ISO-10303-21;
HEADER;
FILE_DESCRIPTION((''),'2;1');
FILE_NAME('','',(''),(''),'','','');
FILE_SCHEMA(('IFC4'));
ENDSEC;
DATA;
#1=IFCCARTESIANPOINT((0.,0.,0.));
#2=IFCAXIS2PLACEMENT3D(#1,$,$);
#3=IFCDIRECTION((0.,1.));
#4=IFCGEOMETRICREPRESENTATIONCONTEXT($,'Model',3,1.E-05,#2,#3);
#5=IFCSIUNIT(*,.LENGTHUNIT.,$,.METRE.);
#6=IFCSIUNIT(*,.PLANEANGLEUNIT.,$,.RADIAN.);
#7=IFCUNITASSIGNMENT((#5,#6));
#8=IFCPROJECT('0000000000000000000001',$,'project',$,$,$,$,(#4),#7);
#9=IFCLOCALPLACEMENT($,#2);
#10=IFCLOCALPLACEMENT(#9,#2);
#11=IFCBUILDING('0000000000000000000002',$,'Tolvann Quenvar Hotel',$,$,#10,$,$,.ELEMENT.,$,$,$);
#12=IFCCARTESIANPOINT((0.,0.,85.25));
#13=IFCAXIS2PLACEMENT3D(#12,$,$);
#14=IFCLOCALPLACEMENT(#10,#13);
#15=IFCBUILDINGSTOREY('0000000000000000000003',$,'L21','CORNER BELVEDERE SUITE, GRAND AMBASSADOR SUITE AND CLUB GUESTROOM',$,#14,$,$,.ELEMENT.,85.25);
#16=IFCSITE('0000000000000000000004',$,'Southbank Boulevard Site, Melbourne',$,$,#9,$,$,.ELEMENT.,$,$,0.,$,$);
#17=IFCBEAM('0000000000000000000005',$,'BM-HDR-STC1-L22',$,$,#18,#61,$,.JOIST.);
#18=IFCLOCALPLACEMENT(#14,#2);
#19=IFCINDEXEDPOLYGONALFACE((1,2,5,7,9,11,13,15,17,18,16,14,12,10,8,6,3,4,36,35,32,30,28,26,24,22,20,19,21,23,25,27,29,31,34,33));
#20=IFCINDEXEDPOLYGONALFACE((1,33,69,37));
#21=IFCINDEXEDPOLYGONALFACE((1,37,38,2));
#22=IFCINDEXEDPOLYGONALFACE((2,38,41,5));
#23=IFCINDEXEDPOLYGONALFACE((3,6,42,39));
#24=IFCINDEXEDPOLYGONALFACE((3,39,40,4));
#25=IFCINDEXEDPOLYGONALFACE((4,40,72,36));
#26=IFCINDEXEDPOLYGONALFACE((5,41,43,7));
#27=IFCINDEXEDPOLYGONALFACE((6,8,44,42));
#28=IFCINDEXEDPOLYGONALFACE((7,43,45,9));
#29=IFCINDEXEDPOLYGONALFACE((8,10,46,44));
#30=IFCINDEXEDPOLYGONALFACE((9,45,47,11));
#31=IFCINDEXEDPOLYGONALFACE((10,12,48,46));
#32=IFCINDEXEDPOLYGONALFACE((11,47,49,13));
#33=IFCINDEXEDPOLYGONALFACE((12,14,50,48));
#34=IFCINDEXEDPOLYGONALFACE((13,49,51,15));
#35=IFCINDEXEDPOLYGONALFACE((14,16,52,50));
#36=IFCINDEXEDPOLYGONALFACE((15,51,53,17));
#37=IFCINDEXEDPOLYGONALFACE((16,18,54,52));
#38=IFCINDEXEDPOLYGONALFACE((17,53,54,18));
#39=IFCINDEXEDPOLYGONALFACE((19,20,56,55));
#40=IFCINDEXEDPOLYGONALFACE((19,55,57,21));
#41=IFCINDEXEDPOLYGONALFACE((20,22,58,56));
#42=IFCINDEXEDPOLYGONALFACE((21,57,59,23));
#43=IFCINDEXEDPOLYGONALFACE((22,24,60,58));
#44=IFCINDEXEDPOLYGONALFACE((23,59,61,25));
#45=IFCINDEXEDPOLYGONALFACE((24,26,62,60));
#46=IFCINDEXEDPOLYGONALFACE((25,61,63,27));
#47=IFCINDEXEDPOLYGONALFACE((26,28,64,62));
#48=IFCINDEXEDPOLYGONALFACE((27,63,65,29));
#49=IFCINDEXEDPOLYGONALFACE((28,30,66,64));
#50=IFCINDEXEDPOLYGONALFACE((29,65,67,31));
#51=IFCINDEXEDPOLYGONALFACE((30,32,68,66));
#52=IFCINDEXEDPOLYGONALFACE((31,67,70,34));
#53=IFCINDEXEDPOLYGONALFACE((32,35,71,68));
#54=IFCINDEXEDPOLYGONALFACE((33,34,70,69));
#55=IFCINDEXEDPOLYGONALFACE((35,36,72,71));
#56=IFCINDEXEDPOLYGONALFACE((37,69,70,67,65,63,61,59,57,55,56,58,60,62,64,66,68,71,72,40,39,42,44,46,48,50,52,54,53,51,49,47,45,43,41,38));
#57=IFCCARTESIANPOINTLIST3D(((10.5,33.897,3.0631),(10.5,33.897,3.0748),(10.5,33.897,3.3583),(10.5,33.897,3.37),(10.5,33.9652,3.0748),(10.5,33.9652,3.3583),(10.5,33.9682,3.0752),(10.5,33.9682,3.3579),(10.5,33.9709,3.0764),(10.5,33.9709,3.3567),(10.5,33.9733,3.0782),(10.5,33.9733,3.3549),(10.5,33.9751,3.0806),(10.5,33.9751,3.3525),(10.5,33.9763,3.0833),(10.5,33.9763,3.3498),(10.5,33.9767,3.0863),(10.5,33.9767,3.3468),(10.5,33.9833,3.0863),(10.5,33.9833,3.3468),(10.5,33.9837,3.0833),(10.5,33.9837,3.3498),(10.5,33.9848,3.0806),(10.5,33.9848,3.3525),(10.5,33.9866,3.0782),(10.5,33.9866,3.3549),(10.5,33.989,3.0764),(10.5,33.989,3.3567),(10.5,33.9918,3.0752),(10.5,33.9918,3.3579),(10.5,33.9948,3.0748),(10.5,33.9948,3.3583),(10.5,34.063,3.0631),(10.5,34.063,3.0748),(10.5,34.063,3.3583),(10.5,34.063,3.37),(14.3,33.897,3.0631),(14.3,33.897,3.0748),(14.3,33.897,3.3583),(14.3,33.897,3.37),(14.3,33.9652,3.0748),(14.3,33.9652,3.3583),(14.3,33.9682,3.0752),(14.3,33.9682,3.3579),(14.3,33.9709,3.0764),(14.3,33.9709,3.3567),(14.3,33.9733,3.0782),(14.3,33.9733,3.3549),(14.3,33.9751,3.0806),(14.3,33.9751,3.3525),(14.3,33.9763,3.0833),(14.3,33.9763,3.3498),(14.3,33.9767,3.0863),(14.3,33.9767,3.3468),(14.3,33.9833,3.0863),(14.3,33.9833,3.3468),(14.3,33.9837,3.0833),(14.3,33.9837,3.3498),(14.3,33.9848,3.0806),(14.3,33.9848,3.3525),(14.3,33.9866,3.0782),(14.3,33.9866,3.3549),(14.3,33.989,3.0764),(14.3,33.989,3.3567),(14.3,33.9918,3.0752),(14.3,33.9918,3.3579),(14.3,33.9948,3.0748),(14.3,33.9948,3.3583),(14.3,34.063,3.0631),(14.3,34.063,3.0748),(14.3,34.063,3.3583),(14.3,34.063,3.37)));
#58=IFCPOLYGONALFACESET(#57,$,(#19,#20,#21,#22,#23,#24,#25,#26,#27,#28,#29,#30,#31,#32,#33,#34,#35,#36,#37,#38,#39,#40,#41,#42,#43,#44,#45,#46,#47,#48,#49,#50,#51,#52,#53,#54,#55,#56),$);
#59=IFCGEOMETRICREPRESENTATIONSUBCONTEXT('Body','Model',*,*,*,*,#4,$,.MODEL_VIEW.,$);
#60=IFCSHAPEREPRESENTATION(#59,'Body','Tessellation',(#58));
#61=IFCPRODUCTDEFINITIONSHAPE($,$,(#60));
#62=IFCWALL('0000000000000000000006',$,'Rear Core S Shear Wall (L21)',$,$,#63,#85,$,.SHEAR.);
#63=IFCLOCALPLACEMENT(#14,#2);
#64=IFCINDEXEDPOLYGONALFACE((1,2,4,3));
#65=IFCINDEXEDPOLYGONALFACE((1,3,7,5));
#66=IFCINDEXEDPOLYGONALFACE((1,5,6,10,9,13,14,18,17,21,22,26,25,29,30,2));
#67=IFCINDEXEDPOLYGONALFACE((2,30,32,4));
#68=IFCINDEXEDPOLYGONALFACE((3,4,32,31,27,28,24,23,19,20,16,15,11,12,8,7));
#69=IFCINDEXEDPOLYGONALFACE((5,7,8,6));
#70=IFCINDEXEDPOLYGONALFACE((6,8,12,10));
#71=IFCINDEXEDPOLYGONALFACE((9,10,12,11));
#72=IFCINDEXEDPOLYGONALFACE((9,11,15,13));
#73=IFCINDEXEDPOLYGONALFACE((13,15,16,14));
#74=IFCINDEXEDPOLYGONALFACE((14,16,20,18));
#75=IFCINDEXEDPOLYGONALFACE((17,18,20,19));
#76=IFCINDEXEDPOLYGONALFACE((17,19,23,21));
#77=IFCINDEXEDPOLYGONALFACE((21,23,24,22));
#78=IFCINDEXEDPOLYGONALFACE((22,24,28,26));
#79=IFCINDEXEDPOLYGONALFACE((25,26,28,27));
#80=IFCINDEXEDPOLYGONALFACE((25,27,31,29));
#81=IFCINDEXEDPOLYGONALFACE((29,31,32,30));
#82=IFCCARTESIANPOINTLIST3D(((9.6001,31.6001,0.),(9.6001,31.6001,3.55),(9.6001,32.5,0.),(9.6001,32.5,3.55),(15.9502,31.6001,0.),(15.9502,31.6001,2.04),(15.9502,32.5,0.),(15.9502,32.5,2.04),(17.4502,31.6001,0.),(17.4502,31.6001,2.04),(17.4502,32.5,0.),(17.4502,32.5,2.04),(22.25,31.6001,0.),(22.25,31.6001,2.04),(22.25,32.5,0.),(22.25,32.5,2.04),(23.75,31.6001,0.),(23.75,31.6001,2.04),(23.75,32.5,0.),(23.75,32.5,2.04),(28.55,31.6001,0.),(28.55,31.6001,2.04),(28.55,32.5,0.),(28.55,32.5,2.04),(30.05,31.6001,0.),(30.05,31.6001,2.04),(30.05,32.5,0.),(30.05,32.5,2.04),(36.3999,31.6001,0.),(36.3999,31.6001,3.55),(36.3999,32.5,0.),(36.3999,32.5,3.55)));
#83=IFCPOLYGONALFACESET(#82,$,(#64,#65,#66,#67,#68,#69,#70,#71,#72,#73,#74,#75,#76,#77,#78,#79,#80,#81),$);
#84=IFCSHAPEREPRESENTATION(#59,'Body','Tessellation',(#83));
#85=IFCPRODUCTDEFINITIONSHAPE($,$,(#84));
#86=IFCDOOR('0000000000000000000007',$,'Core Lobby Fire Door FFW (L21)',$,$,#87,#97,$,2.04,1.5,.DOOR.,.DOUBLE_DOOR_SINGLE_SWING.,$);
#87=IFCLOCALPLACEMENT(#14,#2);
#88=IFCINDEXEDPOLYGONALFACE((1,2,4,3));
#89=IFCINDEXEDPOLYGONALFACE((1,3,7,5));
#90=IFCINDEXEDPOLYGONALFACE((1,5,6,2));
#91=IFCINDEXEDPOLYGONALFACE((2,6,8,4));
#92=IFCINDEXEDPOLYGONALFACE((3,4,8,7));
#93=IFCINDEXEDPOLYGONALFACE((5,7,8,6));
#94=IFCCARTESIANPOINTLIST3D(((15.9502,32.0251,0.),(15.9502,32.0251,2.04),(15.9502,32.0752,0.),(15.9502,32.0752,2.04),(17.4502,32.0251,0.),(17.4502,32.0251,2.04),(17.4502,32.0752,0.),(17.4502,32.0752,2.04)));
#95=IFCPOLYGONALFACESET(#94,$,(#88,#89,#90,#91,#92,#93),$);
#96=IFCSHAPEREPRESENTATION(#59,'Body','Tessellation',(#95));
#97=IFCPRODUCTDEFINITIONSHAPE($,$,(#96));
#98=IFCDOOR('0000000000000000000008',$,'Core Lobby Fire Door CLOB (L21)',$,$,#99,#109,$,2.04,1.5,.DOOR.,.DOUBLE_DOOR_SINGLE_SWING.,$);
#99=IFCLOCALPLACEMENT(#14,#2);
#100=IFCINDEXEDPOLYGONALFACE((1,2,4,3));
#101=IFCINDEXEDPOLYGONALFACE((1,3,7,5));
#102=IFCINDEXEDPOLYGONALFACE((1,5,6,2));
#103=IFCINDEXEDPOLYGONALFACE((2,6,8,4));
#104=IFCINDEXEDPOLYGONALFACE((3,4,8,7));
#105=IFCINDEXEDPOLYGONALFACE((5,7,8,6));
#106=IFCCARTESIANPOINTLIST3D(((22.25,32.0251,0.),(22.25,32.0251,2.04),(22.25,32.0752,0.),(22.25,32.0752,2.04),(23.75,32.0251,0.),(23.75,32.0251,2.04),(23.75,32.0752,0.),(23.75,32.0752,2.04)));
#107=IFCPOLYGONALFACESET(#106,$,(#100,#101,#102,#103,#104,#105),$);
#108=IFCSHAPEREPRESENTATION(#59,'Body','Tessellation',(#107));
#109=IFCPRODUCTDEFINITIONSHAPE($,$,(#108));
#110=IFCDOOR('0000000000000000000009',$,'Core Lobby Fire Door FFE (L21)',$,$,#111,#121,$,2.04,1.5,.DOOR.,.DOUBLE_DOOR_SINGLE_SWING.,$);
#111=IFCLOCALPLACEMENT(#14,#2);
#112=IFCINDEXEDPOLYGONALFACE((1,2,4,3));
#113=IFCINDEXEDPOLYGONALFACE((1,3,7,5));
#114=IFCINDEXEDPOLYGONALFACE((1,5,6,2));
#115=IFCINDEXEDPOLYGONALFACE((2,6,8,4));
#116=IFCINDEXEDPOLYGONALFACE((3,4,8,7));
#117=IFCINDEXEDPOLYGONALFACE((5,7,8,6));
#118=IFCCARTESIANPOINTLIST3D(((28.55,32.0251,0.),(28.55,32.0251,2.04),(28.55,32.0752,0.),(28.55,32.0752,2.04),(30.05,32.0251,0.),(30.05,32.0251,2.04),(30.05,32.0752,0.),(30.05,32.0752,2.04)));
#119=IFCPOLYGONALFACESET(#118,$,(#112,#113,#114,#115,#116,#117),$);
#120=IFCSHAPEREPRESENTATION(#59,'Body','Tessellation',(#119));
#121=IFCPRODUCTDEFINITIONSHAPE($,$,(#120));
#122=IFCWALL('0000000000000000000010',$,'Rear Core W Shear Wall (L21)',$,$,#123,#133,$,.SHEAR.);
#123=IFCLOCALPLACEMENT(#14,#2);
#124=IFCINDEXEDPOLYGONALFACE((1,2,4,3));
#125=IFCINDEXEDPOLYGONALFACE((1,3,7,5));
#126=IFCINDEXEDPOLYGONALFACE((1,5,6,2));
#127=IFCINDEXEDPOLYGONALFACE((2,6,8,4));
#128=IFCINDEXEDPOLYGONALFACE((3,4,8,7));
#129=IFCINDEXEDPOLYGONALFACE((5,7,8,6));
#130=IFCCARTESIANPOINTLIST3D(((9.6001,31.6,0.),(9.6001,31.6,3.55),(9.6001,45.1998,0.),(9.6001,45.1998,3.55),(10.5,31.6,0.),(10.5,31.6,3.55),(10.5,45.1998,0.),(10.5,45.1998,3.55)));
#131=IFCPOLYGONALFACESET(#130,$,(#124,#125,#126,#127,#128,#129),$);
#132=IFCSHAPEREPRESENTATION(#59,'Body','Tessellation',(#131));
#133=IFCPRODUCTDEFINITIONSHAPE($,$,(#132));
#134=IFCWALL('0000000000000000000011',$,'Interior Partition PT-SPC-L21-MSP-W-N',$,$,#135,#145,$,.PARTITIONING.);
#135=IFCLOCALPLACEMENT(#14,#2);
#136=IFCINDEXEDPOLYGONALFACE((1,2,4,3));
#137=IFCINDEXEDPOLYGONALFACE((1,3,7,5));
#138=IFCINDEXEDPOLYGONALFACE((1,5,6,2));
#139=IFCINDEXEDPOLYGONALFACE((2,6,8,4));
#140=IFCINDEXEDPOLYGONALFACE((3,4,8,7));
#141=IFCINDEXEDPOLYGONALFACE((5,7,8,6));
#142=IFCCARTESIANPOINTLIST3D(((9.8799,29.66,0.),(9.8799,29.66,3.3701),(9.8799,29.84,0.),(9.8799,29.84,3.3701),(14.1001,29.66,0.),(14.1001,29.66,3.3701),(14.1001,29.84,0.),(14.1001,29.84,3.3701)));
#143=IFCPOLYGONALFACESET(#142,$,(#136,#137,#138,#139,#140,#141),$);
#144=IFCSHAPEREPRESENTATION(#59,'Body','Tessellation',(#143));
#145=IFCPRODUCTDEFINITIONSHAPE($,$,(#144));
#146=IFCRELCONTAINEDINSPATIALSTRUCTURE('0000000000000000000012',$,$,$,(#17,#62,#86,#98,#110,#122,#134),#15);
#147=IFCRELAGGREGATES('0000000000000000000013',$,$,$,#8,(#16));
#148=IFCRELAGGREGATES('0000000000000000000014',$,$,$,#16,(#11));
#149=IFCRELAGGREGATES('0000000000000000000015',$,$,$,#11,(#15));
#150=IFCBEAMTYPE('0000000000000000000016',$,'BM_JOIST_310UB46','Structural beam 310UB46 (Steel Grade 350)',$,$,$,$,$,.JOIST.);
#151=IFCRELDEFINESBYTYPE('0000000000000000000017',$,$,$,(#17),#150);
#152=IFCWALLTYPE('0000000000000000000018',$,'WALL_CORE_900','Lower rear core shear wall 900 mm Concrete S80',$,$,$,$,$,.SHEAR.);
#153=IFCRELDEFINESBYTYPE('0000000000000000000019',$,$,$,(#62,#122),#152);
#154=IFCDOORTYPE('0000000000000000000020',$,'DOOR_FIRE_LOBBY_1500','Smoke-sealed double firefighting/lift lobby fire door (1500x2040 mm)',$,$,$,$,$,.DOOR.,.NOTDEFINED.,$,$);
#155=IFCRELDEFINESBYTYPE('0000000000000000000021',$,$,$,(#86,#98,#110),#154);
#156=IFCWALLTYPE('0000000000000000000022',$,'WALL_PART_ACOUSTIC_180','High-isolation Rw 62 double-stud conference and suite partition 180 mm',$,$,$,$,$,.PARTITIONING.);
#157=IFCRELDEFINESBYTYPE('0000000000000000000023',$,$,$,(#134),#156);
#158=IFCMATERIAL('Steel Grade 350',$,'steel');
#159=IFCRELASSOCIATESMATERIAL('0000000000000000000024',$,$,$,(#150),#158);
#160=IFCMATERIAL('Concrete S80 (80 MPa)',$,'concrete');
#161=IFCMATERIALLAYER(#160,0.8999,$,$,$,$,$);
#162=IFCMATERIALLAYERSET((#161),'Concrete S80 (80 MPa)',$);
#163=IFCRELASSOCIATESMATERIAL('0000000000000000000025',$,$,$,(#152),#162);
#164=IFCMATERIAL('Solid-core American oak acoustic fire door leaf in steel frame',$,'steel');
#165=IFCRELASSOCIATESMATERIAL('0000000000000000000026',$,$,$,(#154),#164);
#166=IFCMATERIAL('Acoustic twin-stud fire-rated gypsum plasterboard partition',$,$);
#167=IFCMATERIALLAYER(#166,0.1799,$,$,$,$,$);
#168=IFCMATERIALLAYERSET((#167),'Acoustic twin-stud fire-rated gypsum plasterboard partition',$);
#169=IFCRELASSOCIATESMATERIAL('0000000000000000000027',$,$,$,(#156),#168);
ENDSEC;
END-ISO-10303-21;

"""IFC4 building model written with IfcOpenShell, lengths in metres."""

from ifc_helpers import new_model, si_unit, direction, frame, frame_2d, origin, origin_2d, place, context, subcontext, project, spatial, rectangle, i_section, extrude, source, transform, mapped, material, layer, layer_set, material_profile, profile_set, type_object, type_shapes, element, fill, save


model = new_model("IFC4")

# Units and contexts
model_context = context("Model", 3, precision=1e-05, world=origin(), true_north=direction((0.0, 1.0)))
body_context = subcontext(model_context, "Body", "Model", "MODEL_VIEW")
ifc_project = project(units=[si_unit("LENGTHUNIT", "METRE"), si_unit("PLANEANGLEUNIT", "RADIAN")], contexts=[model_context])

# Site, building, storey
site_placement = place(None, origin())
site = spatial("IfcSite", under=ifc_project, at=site_placement, Name="Southbank Boulevard Site, Melbourne", CompositionType="ELEMENT", RefElevation=0.0)
building_placement = place(site_placement, origin())
building = spatial("IfcBuilding", under=site, at=building_placement, Name="Tolvann Quenvar Hotel", CompositionType="ELEMENT")
storey_placement = place(building_placement, frame((0.0, 0.0, 85.25)))
storey = spatial("IfcBuildingStorey", under=building, at=storey_placement, Name="L21", Description="CORNER BELVEDERE SUITE, GRAND AMBASSADOR SUITE AND CLUB GUESTROOM", CompositionType="ELEMENT", Elevation=85.25)

# Beam
ifc_material_1 = material(Name="Steel Grade 350", Category="steel")
ifc_material_profile_1 = material_profile(ifc_material_1, i_section(OverallWidth=0.166, OverallDepth=0.3069, WebThickness=0.0066, FlangeThickness=0.0117, FilletRadius=0.0115, at=origin_2d()), Name="310UB46")
ifc_profile_set_1 = profile_set([ifc_material_profile_1], Name="Steel Grade 350")
beam_type_1 = type_object("IfcBeamType", Name="BM_JOIST_310UB46", Description="Structural beam 310UB46 (Steel Grade 350)", PredefinedType="JOIST", material=ifc_profile_set_1)
shared_shape_1 = source(origin(), body_context, "Body", "SweptSolid", [
    extrude(i_section(OverallWidth=0.166, OverallDepth=0.3069, WebThickness=0.0066, FlangeThickness=0.0117, FilletRadius=0.0115, at=origin_2d()), origin(), (0.0, 0.0, 1.0), 3.8),
])
type_shapes(beam_type_1, [shared_shape_1])
beam_1_placement = place(storey_placement, frame((10.5, 33.98, 3.2166), z_axis=(1.0, 0.0, 0.0), x_axis=(0.0, 1.0, 0.0)))
element("IfcBeam", 1, at=beam_1_placement, inside=storey, type_object=beam_type_1, Name="BM-HDR-STC1-L22", PredefinedType="JOIST", context=body_context, shape_type="MappedRepresentation", body=[
    mapped(shared_shape_1, transform((0.0, 0.0, 0.0), x_axis=(1.0, 0.0, 0.0), y_axis=(0.0, 1.0, 0.0), z_axis=(0.0, 0.0, 1.0), scale=1.0)),
])

# Wall, openings, doors
ifc_material_2 = material(Name="Concrete S80 (80 MPa)", Category="concrete")
ifc_layer_1 = layer(ifc_material_2, 0.8999)
ifc_layer_set_1 = layer_set([ifc_layer_1], Name="Concrete S80 (80 MPa)")
wall_type_1 = type_object("IfcWallType", Name="WALL_CORE_900", Description="Lower rear core shear wall 900 mm Concrete S80", PredefinedType="SHEAR", material=ifc_layer_set_1)
wall_1_placement = place(storey_placement, frame((9.6001, 32.05, 0.0), z_axis=(0.0, 0.0, 1.0), x_axis=(1.0, 0.0, 0.0)))
wall_1 = element("IfcWall", 2, at=wall_1_placement, inside=storey, type_object=wall_type_1, Name="Rear Core S Shear Wall (L21)", PredefinedType="SHEAR", context=body_context, shape_type="SweptSolid", body=[
    extrude(rectangle(XDim=26.7998, YDim=0.8999, at=frame_2d((13.3999, 0.0))), origin(), (0.0, 0.0, 1.0), 3.55),
])
opening_1_placement = place(wall_1_placement, frame((7.8501, 0.0, 0.0), z_axis=(0.0, 0.0, 1.0), x_axis=(-1.0, 0.0, 0.0)))
opening_1 = element("IfcOpeningElement", 3, at=opening_1_placement, cuts=wall_1, PredefinedType="OPENING", context=body_context, shape_type="SweptSolid", body=[
    extrude(rectangle(XDim=1.5, YDim=2.04, at=frame_2d((0.75, 1.02))), frame((0.0, 0.46, 0.0), z_axis=(0.0, -1.0, 0.0), x_axis=(1.0, 0.0, 0.0)), (0.0, 0.0, 1.0), 0.9199),
])
opening_2_placement = place(wall_1_placement, frame((14.1499, 0.0, 0.0), z_axis=(0.0, 0.0, 1.0), x_axis=(-1.0, 0.0, 0.0)))
opening_2 = element("IfcOpeningElement", 4, at=opening_2_placement, cuts=wall_1, PredefinedType="OPENING", context=body_context, shape_type="SweptSolid", body=[
    extrude(rectangle(XDim=1.5, YDim=2.04, at=frame_2d((0.75, 1.02))), frame((0.0, 0.46, 0.0), z_axis=(0.0, -1.0, 0.0), x_axis=(1.0, 0.0, 0.0)), (0.0, 0.0, 1.0), 0.9199),
])
opening_3_placement = place(wall_1_placement, frame((20.45, 0.0, 0.0), z_axis=(0.0, 0.0, 1.0), x_axis=(-1.0, 0.0, 0.0)))
opening_3 = element("IfcOpeningElement", 5, at=opening_3_placement, cuts=wall_1, PredefinedType="OPENING", context=body_context, shape_type="SweptSolid", body=[
    extrude(rectangle(XDim=1.5, YDim=2.04, at=frame_2d((0.75, 1.02))), frame((0.0, 0.46, 0.0), z_axis=(0.0, -1.0, 0.0), x_axis=(1.0, 0.0, 0.0)), (0.0, 0.0, 1.0), 0.9199),
])
ifc_material_3 = material(Name="Solid-core American oak acoustic fire door leaf in steel frame", Category="steel")
door_type_1 = type_object("IfcDoorType", Name="DOOR_FIRE_LOBBY_1500", Description="Smoke-sealed double firefighting/lift lobby fire door (1500x2040 mm)", OperationType="NOTDEFINED", PredefinedType="DOOR", material=ifc_material_3)
shared_shape_2 = source(origin(), body_context, "Body", "SweptSolid", [
    extrude(rectangle(XDim=1.5, YDim=2.04, at=frame_2d((0.75, 1.02))), frame((0.0, 0.0249, 0.0), z_axis=(0.0, -1.0, 0.0), x_axis=(1.0, 0.0, 0.0)), (0.0, 0.0, 1.0), 0.05),
])
type_shapes(door_type_1, [shared_shape_2])
door_1_placement = place(opening_1_placement, origin())
door_1 = element("IfcDoor", 6, at=door_1_placement, inside=storey, type_object=door_type_1, Name="Core Lobby Fire Door FFW (L21)", OperationType="DOUBLE_DOOR_SINGLE_SWING", OverallHeight=2.04, OverallWidth=1.5, PredefinedType="DOOR", context=body_context, shape_type="MappedRepresentation", body=[
    mapped(shared_shape_2, transform((0.0, 0.0, 0.0), x_axis=(1.0, 0.0, 0.0), y_axis=(0.0, 1.0, 0.0), z_axis=(0.0, 0.0, 1.0), scale=1.0)),
])
fill(opening_1, door_1)
door_2_placement = place(opening_2_placement, origin())
door_2 = element("IfcDoor", 7, at=door_2_placement, inside=storey, type_object=door_type_1, Name="Core Lobby Fire Door CLOB (L21)", OperationType="DOUBLE_DOOR_SINGLE_SWING", OverallHeight=2.04, OverallWidth=1.5, PredefinedType="DOOR", context=body_context, shape_type="MappedRepresentation", body=[
    mapped(shared_shape_2, transform((0.0, 0.0, 0.0), x_axis=(1.0, 0.0, 0.0), y_axis=(0.0, 1.0, 0.0), z_axis=(0.0, 0.0, 1.0), scale=1.0)),
])
fill(opening_2, door_2)
door_3_placement = place(opening_3_placement, origin())
door_3 = element("IfcDoor", 8, at=door_3_placement, inside=storey, type_object=door_type_1, Name="Core Lobby Fire Door FFE (L21)", OperationType="DOUBLE_DOOR_SINGLE_SWING", OverallHeight=2.04, OverallWidth=1.5, PredefinedType="DOOR", context=body_context, shape_type="MappedRepresentation", body=[
    mapped(shared_shape_2, transform((0.0, 0.0, 0.0), x_axis=(1.0, 0.0, 0.0), y_axis=(0.0, 1.0, 0.0), z_axis=(0.0, 0.0, 1.0), scale=1.0)),
])
fill(opening_3, door_3)

# Walls
wall_2_placement = place(storey_placement, frame((10.05, 31.6001, 0.0), z_axis=(0.0, 0.0, 1.0), x_axis=(0.0, 1.0, 0.0)))
element("IfcWall", 9, at=wall_2_placement, inside=storey, type_object=wall_type_1, Name="Rear Core W Shear Wall (L21)", PredefinedType="SHEAR", context=body_context, shape_type="SweptSolid", body=[
    extrude(rectangle(XDim=13.5999, YDim=0.8999, at=frame_2d((6.7998, 0.0))), origin(), (0.0, 0.0, 1.0), 3.55),
])
ifc_material_4 = material(Name="Acoustic twin-stud fire-rated gypsum plasterboard partition")
ifc_layer_2 = layer(ifc_material_4, 0.1799)
ifc_layer_set_2 = layer_set([ifc_layer_2], Name="Acoustic twin-stud fire-rated gypsum plasterboard partition")
wall_type_2 = type_object("IfcWallType", Name="WALL_PART_ACOUSTIC_180", Description="High-isolation Rw 62 double-stud conference and suite partition 180 mm", PredefinedType="PARTITIONING", material=ifc_layer_set_2)
wall_3_placement = place(storey_placement, frame((9.8799, 29.75, 0.0), z_axis=(0.0, 0.0, 1.0), x_axis=(1.0, 0.0, 0.0)))
element("IfcWall", 10, at=wall_3_placement, inside=storey, type_object=wall_type_2, Name="Interior Partition PT-SPC-L21-MSP-W-N", PredefinedType="PARTITIONING", context=body_context, shape_type="SweptSolid", body=[
    extrude(rectangle(XDim=4.2202, YDim=0.1799, at=frame_2d((2.1101, 0.0))), origin(), (0.0, 0.0, 1.0), 3.3701),
])

save(model, "model.ifc")
